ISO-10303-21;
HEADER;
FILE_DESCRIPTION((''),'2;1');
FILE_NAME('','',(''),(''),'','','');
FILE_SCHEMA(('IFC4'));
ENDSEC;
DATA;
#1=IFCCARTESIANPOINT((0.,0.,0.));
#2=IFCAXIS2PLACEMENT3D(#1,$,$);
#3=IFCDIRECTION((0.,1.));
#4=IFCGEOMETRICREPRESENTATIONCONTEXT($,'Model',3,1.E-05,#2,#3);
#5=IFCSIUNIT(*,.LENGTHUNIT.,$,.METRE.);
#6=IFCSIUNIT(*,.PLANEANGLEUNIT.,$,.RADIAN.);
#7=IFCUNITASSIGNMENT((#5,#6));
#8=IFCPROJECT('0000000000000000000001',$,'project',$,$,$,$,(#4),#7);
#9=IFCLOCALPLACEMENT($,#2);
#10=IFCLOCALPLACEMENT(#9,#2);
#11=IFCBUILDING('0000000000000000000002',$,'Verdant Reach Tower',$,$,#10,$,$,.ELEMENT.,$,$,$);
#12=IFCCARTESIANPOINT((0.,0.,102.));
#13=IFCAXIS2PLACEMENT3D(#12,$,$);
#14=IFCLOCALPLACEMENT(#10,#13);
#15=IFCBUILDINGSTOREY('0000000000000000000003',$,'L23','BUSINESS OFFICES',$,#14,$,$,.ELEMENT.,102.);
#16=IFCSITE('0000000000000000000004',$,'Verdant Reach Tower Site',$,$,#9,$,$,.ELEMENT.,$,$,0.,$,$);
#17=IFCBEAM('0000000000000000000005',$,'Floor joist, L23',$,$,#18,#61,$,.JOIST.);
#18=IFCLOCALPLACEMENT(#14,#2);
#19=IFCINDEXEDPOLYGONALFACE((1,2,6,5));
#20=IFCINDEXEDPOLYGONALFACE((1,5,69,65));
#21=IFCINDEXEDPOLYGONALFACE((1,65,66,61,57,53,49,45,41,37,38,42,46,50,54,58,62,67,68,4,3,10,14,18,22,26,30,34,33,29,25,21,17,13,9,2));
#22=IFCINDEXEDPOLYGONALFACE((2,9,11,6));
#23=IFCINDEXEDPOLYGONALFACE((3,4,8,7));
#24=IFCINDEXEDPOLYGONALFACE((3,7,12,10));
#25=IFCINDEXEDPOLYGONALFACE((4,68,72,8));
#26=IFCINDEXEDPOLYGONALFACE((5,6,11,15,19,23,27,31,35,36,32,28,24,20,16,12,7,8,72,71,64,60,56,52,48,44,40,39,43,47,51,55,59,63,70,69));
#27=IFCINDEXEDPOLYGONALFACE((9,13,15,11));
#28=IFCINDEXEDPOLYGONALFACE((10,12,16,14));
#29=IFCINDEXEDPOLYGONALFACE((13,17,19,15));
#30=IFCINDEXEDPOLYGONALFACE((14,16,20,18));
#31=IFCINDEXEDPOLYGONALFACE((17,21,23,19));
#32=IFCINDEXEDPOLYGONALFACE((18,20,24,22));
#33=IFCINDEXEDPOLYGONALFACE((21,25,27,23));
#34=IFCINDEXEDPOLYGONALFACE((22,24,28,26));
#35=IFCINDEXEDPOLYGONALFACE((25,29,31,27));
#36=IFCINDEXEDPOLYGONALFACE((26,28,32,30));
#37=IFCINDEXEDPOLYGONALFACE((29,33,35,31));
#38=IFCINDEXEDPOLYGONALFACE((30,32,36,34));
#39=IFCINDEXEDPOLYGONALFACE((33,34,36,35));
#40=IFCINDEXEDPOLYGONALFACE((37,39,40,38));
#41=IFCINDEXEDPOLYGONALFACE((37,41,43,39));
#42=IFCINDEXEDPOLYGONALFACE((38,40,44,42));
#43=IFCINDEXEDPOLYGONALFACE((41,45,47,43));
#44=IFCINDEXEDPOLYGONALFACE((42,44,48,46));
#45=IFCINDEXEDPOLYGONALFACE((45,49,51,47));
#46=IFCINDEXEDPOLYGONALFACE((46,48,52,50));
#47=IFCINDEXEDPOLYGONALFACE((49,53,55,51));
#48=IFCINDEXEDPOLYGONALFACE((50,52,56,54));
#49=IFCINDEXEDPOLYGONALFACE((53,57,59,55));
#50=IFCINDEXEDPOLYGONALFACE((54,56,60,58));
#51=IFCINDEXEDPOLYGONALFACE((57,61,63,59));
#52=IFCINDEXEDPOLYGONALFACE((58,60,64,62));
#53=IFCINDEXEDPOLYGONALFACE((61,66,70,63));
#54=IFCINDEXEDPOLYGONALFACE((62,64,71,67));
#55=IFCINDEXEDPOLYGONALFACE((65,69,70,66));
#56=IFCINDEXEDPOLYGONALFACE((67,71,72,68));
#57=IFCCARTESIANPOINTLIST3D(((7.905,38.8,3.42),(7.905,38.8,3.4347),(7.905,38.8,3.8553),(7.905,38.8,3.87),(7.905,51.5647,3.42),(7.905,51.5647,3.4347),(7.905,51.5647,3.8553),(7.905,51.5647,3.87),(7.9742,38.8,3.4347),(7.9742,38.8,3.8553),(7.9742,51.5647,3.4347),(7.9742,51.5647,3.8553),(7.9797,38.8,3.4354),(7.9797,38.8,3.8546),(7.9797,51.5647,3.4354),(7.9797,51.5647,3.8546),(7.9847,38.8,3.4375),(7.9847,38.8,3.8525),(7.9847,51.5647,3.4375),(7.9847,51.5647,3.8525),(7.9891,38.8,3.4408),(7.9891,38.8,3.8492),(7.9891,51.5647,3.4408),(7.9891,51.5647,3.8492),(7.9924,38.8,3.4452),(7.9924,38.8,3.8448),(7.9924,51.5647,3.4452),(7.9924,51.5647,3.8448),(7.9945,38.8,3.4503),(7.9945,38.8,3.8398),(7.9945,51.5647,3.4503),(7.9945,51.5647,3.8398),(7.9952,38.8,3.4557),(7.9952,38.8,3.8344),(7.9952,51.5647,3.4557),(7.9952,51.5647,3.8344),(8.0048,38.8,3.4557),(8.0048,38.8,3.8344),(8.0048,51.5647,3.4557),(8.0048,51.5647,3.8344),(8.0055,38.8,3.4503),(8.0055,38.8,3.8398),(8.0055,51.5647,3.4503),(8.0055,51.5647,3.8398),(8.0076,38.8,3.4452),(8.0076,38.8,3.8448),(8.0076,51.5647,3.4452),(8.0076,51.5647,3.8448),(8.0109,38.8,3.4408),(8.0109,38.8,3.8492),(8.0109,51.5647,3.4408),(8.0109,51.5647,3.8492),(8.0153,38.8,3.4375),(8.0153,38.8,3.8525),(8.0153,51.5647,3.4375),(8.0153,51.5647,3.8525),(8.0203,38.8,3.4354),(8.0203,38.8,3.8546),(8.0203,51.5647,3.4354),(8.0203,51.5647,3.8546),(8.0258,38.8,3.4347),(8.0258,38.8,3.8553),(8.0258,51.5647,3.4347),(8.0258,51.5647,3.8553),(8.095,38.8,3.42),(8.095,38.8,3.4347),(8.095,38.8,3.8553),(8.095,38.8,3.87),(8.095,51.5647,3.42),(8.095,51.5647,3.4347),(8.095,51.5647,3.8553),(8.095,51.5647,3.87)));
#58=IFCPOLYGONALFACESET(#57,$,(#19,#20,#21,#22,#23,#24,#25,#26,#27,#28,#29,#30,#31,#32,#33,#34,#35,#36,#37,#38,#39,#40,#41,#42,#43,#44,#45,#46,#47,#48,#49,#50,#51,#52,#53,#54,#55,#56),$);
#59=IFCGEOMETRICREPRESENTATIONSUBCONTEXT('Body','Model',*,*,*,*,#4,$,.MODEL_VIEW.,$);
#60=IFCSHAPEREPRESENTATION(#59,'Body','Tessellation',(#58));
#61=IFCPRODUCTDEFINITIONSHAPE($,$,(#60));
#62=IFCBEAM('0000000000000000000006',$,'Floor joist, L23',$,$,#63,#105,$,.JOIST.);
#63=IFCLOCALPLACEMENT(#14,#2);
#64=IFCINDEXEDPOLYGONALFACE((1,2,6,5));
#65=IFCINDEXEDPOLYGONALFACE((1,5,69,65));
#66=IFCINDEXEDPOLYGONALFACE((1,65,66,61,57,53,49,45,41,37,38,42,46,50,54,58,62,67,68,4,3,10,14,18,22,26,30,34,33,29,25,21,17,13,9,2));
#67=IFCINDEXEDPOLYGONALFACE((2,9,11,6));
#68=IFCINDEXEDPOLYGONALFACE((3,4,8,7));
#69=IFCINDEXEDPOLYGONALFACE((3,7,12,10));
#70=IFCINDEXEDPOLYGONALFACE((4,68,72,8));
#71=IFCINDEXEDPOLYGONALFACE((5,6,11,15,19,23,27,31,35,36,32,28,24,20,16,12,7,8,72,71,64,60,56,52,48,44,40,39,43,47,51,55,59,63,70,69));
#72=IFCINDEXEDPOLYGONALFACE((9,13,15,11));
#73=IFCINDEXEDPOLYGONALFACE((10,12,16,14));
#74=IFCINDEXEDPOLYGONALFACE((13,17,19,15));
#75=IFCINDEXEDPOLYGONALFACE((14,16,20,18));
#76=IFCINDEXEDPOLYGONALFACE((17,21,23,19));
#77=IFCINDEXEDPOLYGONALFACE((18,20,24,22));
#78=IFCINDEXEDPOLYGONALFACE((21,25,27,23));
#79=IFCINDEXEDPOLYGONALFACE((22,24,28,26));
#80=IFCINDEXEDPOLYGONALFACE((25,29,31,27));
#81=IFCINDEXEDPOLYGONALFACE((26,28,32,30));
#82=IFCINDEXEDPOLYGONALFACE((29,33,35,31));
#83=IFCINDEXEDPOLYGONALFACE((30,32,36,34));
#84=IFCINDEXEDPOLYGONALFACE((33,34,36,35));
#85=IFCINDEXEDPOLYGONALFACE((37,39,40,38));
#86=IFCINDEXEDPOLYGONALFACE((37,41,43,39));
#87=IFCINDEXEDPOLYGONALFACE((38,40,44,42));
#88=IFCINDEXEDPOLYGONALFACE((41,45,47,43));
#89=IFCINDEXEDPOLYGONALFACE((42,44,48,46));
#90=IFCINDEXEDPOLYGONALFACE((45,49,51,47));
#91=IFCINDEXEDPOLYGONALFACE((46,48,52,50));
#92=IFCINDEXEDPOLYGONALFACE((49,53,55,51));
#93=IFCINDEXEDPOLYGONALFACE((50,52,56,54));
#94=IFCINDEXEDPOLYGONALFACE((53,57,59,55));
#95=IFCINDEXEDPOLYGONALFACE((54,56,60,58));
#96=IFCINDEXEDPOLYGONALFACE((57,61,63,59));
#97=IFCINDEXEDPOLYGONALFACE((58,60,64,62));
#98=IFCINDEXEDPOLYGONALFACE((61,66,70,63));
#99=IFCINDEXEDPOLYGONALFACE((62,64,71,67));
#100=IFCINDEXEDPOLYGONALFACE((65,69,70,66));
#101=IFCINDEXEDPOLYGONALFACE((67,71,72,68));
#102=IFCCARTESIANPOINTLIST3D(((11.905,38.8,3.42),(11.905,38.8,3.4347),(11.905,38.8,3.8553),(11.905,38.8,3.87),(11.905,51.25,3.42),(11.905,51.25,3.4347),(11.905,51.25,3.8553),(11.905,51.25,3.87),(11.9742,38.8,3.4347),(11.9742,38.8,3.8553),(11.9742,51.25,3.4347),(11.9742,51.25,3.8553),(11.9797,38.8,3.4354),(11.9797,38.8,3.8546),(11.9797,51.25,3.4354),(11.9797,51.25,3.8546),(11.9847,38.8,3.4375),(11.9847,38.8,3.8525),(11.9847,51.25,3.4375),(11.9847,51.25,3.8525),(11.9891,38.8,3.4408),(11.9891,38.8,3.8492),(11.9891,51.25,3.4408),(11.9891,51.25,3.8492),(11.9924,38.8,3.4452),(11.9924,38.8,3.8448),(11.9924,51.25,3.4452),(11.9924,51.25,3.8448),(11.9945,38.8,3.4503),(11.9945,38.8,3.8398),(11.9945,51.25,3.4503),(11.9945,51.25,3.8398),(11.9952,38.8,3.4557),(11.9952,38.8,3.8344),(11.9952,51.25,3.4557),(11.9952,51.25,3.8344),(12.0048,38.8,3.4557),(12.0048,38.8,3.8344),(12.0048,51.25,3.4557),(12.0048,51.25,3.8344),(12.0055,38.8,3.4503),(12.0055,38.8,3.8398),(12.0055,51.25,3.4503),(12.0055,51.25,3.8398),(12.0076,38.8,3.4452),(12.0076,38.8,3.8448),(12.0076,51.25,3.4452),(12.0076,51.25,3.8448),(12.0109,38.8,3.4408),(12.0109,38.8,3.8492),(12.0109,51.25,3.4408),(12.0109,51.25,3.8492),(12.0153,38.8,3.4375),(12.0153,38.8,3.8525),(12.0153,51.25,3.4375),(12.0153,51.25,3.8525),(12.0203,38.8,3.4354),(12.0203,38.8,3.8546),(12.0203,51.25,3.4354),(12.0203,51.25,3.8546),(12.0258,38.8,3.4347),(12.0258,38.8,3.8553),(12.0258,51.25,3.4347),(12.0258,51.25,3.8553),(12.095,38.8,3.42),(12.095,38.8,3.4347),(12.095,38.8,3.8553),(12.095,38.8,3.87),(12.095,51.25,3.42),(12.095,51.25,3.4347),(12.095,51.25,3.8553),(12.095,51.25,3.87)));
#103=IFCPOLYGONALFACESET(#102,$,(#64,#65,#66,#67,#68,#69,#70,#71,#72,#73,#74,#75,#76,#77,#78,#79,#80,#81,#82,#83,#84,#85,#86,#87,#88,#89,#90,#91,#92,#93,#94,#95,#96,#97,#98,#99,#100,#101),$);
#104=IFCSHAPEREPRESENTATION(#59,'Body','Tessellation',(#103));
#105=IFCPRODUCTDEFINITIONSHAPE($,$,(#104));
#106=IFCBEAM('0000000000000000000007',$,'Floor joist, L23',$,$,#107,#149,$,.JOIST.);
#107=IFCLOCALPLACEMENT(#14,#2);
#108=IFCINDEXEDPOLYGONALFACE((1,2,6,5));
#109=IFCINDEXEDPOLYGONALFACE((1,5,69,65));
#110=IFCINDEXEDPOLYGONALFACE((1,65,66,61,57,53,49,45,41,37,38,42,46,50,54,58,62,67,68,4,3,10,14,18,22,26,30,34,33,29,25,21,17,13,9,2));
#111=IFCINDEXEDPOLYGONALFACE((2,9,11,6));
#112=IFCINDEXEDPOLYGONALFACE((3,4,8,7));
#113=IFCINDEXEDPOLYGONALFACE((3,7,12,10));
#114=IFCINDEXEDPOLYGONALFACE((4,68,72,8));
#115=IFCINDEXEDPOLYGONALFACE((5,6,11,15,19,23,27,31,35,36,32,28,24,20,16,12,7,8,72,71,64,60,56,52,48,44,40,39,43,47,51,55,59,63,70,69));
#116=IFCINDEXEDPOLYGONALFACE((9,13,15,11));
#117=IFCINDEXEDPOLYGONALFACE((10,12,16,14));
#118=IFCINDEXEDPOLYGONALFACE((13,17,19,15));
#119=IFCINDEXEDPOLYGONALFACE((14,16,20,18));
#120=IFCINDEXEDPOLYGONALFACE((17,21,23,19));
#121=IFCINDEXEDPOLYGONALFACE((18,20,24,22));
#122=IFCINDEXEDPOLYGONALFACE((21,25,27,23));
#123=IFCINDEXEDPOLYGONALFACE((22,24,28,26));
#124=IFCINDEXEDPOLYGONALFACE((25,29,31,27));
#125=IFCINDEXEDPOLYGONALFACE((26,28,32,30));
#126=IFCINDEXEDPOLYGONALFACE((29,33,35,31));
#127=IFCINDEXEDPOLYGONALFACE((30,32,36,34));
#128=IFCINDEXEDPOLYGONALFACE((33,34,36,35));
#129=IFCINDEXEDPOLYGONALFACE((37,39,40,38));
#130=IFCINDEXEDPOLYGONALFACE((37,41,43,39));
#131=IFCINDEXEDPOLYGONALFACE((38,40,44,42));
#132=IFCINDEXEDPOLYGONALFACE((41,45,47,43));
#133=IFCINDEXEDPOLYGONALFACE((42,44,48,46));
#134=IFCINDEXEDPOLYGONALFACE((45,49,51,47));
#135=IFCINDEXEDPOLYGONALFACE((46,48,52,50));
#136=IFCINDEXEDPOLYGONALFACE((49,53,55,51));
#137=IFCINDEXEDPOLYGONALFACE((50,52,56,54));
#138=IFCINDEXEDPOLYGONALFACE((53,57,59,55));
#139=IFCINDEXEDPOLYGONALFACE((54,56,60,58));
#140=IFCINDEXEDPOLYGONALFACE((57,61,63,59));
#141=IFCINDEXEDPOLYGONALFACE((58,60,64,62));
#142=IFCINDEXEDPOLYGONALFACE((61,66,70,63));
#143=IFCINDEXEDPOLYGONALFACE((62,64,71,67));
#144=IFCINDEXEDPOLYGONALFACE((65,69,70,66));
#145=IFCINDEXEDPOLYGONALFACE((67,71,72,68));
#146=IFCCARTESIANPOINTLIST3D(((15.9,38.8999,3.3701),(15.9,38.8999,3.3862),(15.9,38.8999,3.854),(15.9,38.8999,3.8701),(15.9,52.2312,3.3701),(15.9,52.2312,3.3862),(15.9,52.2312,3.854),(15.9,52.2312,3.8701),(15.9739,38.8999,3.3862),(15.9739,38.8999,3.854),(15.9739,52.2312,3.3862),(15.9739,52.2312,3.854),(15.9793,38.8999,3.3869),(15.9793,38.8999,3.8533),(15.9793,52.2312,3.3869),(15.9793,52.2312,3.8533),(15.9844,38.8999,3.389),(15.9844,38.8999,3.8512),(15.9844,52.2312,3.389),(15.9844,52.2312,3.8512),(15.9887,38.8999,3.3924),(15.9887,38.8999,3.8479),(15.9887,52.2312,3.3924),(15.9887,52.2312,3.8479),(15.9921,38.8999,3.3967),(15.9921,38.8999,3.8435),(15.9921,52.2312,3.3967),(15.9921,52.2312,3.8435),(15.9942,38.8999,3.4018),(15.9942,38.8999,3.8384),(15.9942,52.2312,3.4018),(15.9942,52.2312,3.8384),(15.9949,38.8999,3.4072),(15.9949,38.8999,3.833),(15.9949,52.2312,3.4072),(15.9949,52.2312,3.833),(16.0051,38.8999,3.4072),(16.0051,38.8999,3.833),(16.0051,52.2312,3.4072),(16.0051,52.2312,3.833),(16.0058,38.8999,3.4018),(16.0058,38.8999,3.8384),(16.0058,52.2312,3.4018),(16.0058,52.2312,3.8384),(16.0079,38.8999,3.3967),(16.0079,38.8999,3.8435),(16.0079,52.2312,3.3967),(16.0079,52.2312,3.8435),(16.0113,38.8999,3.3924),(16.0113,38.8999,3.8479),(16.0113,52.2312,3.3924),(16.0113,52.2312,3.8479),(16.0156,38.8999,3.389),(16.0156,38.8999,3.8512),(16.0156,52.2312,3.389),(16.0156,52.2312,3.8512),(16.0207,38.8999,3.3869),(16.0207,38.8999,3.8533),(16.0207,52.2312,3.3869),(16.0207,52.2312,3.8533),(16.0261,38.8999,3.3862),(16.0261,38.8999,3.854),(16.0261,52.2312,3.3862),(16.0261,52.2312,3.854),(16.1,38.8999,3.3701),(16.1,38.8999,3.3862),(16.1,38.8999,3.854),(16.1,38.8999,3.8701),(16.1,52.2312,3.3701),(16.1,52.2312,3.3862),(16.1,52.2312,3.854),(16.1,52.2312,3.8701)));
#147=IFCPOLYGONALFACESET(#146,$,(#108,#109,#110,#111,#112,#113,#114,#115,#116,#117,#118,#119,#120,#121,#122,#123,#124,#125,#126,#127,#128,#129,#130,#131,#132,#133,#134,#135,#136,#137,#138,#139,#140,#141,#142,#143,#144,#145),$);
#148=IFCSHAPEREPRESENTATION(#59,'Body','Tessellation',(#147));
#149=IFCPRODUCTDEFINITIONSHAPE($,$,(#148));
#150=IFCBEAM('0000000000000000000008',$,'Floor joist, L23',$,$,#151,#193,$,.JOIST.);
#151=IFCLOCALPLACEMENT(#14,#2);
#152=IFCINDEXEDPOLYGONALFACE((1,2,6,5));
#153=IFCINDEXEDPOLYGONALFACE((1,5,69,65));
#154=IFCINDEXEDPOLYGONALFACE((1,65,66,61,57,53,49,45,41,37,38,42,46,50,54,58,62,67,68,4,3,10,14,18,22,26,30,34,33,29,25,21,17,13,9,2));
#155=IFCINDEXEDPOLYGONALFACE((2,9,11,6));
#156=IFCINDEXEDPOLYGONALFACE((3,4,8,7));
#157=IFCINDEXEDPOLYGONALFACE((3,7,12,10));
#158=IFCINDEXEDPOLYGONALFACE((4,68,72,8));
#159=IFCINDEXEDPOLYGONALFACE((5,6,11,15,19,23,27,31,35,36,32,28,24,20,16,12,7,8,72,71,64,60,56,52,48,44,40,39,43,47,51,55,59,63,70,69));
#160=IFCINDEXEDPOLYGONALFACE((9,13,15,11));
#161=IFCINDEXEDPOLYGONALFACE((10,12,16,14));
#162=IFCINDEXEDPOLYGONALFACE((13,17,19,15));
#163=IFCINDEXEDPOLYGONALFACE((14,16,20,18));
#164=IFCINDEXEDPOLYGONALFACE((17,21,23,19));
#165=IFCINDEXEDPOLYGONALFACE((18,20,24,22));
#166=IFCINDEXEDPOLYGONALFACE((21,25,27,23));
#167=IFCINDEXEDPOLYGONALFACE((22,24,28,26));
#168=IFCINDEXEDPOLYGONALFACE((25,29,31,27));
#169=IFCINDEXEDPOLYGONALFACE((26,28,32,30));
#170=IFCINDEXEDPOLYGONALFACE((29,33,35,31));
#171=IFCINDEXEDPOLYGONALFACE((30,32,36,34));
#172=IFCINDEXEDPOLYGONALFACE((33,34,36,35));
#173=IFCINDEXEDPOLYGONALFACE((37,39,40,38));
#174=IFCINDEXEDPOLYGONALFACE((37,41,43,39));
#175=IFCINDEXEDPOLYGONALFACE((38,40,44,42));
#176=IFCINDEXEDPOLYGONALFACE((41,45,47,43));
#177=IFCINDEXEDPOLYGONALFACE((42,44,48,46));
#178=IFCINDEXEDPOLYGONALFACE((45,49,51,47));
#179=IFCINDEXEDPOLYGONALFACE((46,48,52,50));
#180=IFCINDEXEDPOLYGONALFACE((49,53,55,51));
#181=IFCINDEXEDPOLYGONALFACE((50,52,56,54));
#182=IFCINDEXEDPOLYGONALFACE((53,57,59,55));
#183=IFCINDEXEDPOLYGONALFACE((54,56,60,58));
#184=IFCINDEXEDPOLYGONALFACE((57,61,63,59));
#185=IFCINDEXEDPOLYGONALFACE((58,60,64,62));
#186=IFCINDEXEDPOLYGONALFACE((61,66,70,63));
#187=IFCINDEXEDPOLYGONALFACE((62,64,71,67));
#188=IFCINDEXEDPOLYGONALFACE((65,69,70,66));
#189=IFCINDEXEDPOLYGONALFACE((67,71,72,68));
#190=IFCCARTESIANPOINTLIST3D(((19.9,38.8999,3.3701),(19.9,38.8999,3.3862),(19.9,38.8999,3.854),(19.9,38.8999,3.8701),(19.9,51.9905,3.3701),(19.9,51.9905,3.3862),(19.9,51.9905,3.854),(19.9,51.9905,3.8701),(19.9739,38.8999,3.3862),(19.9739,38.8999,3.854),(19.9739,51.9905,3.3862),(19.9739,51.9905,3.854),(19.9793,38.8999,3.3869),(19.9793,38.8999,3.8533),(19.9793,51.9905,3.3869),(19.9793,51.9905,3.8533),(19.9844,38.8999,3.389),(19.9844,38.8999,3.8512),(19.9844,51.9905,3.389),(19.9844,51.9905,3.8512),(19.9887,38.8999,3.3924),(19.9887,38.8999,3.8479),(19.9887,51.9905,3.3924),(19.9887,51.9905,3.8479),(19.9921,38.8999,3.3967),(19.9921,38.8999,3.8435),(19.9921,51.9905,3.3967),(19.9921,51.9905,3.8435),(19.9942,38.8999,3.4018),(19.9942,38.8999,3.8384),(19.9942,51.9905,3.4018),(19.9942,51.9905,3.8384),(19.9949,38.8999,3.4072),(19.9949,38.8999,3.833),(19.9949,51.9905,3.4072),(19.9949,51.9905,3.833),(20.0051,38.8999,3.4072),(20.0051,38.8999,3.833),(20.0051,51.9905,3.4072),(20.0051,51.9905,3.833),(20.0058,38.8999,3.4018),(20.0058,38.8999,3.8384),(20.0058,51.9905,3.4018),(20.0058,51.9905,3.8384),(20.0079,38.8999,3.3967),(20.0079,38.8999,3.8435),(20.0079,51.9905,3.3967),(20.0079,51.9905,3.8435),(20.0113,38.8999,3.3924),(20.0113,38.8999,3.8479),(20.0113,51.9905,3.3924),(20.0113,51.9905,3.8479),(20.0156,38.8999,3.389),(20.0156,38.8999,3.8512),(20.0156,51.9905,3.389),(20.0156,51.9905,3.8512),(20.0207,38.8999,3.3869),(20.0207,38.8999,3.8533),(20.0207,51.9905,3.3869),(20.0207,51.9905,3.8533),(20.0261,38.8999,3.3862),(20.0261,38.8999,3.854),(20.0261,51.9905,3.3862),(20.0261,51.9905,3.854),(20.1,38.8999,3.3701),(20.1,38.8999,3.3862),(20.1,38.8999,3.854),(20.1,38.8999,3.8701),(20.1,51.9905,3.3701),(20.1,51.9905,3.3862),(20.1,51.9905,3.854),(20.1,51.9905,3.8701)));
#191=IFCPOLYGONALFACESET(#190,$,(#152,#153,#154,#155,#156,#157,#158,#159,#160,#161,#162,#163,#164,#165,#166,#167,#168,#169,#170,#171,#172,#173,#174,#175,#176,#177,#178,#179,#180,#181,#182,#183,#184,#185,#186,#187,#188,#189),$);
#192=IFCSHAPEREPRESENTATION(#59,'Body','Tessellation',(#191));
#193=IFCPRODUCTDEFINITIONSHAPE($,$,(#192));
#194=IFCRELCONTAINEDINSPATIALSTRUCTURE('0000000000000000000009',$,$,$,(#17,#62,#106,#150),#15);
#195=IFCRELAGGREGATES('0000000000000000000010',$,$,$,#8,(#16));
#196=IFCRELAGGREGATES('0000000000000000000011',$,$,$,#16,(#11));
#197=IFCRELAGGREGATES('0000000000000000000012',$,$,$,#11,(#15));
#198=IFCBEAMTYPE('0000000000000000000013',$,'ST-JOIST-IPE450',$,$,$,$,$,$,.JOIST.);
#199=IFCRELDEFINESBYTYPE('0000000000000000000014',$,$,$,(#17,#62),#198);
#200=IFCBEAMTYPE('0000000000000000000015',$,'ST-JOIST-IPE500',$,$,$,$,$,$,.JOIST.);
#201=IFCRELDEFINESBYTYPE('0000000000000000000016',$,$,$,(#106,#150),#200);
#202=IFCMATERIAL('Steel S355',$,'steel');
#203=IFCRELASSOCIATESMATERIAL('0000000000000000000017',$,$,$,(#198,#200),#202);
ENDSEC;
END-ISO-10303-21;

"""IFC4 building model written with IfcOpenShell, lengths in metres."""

from ifc_helpers import new_model, si_unit, direction, frame, origin, origin_2d, place, context, subcontext, project, spatial, i_section, extrude, material, material_profile, profile_set, type_object, element, save


model = new_model("IFC4")

# Units and contexts
model_context = context("Model", 3, precision=1e-05, world=origin(), true_north=direction((0.0, 1.0)))
body_context = subcontext(model_context, "Body", "Model", "MODEL_VIEW")
ifc_project = project(units=[si_unit("LENGTHUNIT", "METRE"), si_unit("PLANEANGLEUNIT", "RADIAN")], contexts=[model_context])

# Site, building, storey
site_placement = place(None, origin())
site = spatial("IfcSite", under=ifc_project, at=site_placement, Name="Verdant Reach Tower Site", CompositionType="ELEMENT", RefElevation=0.0)
building_placement = place(site_placement, origin())
building = spatial("IfcBuilding", under=site, at=building_placement, Name="Verdant Reach Tower", CompositionType="ELEMENT")
storey_placement = place(building_placement, frame((0.0, 0.0, 102.0)))
storey = spatial("IfcBuildingStorey", under=building, at=storey_placement, Name="L23", Description="BUSINESS OFFICES", CompositionType="ELEMENT", Elevation=102.0)

# Beams
ifc_material_1 = material(Name="Steel S355", Category="steel")
ifc_material_profile_1 = material_profile(ifc_material_1, i_section(OverallWidth=0.1899, OverallDepth=0.45, WebThickness=0.0095, FlangeThickness=0.0146, FilletRadius=0.021, at=origin_2d()), Name="IPE 450")
ifc_profile_set_1 = profile_set([ifc_material_profile_1], Name="Steel S355")
beam_type_1 = type_object("IfcBeamType", Name="ST-JOIST-IPE450", PredefinedType="JOIST", material=ifc_profile_set_1)
beam_1_placement = place(storey_placement, frame((8.0, 38.8, 3.645), z_axis=(0.0, 1.0, 0.0), x_axis=(-1.0, 0.0, 0.0)))
element("IfcBeam", 1, at=beam_1_placement, inside=storey, type_object=beam_type_1, Name="Floor joist, L23", PredefinedType="JOIST", context=body_context, shape_type="SweptSolid", body=[
    extrude(i_section(OverallWidth=0.1899, OverallDepth=0.45, WebThickness=0.0095, FlangeThickness=0.0146, FilletRadius=0.021, at=origin_2d()), origin(), (0.0, 0.0, 1.0), 12.7646),
])
beam_2_placement = place(storey_placement, frame((12.0, 38.8, 3.645), z_axis=(0.0, 1.0, 0.0), x_axis=(-1.0, 0.0, 0.0)))
element("IfcBeam", 2, at=beam_2_placement, inside=storey, type_object=beam_type_1, Name="Floor joist, L23", PredefinedType="JOIST", context=body_context, shape_type="SweptSolid", body=[
    extrude(i_section(OverallWidth=0.1899, OverallDepth=0.45, WebThickness=0.0095, FlangeThickness=0.0146, FilletRadius=0.021, at=origin_2d()), origin(), (0.0, 0.0, 1.0), 12.45),
])
ifc_material_profile_2 = material_profile(ifc_material_1, i_section(OverallWidth=0.2, OverallDepth=0.5, WebThickness=0.0103, FlangeThickness=0.0161, FilletRadius=0.021, at=origin_2d()), Name="IPE 500")
ifc_profile_set_2 = profile_set([ifc_material_profile_2], Name="Steel S355")
beam_type_2 = type_object("IfcBeamType", Name="ST-JOIST-IPE500", PredefinedType="JOIST", material=ifc_profile_set_2)
beam_3_placement = place(storey_placement, frame((16.0, 38.8999, 3.6201), z_axis=(0.0, 1.0, 0.0), x_axis=(-1.0, 0.0, 0.0)))
element("IfcBeam", 3, at=beam_3_placement, inside=storey, type_object=beam_type_2, Name="Floor joist, L23", PredefinedType="JOIST", context=body_context, shape_type="SweptSolid", body=[
    extrude(i_section(OverallWidth=0.2, OverallDepth=0.5, WebThickness=0.0103, FlangeThickness=0.0161, FilletRadius=0.021, at=origin_2d()), origin(), (0.0, 0.0, 1.0), 13.3313),
])
beam_4_placement = place(storey_placement, frame((20.0, 38.8999, 3.6201), z_axis=(0.0, 1.0, 0.0), x_axis=(-1.0, 0.0, 0.0)))
element("IfcBeam", 4, at=beam_4_placement, inside=storey, type_object=beam_type_2, Name="Floor joist, L23", PredefinedType="JOIST", context=body_context, shape_type="SweptSolid", body=[
    extrude(i_section(OverallWidth=0.2, OverallDepth=0.5, WebThickness=0.0103, FlangeThickness=0.0161, FilletRadius=0.021, at=origin_2d()), origin(), (0.0, 0.0, 1.0), 13.0906),
])

save(model, "model.ifc")
